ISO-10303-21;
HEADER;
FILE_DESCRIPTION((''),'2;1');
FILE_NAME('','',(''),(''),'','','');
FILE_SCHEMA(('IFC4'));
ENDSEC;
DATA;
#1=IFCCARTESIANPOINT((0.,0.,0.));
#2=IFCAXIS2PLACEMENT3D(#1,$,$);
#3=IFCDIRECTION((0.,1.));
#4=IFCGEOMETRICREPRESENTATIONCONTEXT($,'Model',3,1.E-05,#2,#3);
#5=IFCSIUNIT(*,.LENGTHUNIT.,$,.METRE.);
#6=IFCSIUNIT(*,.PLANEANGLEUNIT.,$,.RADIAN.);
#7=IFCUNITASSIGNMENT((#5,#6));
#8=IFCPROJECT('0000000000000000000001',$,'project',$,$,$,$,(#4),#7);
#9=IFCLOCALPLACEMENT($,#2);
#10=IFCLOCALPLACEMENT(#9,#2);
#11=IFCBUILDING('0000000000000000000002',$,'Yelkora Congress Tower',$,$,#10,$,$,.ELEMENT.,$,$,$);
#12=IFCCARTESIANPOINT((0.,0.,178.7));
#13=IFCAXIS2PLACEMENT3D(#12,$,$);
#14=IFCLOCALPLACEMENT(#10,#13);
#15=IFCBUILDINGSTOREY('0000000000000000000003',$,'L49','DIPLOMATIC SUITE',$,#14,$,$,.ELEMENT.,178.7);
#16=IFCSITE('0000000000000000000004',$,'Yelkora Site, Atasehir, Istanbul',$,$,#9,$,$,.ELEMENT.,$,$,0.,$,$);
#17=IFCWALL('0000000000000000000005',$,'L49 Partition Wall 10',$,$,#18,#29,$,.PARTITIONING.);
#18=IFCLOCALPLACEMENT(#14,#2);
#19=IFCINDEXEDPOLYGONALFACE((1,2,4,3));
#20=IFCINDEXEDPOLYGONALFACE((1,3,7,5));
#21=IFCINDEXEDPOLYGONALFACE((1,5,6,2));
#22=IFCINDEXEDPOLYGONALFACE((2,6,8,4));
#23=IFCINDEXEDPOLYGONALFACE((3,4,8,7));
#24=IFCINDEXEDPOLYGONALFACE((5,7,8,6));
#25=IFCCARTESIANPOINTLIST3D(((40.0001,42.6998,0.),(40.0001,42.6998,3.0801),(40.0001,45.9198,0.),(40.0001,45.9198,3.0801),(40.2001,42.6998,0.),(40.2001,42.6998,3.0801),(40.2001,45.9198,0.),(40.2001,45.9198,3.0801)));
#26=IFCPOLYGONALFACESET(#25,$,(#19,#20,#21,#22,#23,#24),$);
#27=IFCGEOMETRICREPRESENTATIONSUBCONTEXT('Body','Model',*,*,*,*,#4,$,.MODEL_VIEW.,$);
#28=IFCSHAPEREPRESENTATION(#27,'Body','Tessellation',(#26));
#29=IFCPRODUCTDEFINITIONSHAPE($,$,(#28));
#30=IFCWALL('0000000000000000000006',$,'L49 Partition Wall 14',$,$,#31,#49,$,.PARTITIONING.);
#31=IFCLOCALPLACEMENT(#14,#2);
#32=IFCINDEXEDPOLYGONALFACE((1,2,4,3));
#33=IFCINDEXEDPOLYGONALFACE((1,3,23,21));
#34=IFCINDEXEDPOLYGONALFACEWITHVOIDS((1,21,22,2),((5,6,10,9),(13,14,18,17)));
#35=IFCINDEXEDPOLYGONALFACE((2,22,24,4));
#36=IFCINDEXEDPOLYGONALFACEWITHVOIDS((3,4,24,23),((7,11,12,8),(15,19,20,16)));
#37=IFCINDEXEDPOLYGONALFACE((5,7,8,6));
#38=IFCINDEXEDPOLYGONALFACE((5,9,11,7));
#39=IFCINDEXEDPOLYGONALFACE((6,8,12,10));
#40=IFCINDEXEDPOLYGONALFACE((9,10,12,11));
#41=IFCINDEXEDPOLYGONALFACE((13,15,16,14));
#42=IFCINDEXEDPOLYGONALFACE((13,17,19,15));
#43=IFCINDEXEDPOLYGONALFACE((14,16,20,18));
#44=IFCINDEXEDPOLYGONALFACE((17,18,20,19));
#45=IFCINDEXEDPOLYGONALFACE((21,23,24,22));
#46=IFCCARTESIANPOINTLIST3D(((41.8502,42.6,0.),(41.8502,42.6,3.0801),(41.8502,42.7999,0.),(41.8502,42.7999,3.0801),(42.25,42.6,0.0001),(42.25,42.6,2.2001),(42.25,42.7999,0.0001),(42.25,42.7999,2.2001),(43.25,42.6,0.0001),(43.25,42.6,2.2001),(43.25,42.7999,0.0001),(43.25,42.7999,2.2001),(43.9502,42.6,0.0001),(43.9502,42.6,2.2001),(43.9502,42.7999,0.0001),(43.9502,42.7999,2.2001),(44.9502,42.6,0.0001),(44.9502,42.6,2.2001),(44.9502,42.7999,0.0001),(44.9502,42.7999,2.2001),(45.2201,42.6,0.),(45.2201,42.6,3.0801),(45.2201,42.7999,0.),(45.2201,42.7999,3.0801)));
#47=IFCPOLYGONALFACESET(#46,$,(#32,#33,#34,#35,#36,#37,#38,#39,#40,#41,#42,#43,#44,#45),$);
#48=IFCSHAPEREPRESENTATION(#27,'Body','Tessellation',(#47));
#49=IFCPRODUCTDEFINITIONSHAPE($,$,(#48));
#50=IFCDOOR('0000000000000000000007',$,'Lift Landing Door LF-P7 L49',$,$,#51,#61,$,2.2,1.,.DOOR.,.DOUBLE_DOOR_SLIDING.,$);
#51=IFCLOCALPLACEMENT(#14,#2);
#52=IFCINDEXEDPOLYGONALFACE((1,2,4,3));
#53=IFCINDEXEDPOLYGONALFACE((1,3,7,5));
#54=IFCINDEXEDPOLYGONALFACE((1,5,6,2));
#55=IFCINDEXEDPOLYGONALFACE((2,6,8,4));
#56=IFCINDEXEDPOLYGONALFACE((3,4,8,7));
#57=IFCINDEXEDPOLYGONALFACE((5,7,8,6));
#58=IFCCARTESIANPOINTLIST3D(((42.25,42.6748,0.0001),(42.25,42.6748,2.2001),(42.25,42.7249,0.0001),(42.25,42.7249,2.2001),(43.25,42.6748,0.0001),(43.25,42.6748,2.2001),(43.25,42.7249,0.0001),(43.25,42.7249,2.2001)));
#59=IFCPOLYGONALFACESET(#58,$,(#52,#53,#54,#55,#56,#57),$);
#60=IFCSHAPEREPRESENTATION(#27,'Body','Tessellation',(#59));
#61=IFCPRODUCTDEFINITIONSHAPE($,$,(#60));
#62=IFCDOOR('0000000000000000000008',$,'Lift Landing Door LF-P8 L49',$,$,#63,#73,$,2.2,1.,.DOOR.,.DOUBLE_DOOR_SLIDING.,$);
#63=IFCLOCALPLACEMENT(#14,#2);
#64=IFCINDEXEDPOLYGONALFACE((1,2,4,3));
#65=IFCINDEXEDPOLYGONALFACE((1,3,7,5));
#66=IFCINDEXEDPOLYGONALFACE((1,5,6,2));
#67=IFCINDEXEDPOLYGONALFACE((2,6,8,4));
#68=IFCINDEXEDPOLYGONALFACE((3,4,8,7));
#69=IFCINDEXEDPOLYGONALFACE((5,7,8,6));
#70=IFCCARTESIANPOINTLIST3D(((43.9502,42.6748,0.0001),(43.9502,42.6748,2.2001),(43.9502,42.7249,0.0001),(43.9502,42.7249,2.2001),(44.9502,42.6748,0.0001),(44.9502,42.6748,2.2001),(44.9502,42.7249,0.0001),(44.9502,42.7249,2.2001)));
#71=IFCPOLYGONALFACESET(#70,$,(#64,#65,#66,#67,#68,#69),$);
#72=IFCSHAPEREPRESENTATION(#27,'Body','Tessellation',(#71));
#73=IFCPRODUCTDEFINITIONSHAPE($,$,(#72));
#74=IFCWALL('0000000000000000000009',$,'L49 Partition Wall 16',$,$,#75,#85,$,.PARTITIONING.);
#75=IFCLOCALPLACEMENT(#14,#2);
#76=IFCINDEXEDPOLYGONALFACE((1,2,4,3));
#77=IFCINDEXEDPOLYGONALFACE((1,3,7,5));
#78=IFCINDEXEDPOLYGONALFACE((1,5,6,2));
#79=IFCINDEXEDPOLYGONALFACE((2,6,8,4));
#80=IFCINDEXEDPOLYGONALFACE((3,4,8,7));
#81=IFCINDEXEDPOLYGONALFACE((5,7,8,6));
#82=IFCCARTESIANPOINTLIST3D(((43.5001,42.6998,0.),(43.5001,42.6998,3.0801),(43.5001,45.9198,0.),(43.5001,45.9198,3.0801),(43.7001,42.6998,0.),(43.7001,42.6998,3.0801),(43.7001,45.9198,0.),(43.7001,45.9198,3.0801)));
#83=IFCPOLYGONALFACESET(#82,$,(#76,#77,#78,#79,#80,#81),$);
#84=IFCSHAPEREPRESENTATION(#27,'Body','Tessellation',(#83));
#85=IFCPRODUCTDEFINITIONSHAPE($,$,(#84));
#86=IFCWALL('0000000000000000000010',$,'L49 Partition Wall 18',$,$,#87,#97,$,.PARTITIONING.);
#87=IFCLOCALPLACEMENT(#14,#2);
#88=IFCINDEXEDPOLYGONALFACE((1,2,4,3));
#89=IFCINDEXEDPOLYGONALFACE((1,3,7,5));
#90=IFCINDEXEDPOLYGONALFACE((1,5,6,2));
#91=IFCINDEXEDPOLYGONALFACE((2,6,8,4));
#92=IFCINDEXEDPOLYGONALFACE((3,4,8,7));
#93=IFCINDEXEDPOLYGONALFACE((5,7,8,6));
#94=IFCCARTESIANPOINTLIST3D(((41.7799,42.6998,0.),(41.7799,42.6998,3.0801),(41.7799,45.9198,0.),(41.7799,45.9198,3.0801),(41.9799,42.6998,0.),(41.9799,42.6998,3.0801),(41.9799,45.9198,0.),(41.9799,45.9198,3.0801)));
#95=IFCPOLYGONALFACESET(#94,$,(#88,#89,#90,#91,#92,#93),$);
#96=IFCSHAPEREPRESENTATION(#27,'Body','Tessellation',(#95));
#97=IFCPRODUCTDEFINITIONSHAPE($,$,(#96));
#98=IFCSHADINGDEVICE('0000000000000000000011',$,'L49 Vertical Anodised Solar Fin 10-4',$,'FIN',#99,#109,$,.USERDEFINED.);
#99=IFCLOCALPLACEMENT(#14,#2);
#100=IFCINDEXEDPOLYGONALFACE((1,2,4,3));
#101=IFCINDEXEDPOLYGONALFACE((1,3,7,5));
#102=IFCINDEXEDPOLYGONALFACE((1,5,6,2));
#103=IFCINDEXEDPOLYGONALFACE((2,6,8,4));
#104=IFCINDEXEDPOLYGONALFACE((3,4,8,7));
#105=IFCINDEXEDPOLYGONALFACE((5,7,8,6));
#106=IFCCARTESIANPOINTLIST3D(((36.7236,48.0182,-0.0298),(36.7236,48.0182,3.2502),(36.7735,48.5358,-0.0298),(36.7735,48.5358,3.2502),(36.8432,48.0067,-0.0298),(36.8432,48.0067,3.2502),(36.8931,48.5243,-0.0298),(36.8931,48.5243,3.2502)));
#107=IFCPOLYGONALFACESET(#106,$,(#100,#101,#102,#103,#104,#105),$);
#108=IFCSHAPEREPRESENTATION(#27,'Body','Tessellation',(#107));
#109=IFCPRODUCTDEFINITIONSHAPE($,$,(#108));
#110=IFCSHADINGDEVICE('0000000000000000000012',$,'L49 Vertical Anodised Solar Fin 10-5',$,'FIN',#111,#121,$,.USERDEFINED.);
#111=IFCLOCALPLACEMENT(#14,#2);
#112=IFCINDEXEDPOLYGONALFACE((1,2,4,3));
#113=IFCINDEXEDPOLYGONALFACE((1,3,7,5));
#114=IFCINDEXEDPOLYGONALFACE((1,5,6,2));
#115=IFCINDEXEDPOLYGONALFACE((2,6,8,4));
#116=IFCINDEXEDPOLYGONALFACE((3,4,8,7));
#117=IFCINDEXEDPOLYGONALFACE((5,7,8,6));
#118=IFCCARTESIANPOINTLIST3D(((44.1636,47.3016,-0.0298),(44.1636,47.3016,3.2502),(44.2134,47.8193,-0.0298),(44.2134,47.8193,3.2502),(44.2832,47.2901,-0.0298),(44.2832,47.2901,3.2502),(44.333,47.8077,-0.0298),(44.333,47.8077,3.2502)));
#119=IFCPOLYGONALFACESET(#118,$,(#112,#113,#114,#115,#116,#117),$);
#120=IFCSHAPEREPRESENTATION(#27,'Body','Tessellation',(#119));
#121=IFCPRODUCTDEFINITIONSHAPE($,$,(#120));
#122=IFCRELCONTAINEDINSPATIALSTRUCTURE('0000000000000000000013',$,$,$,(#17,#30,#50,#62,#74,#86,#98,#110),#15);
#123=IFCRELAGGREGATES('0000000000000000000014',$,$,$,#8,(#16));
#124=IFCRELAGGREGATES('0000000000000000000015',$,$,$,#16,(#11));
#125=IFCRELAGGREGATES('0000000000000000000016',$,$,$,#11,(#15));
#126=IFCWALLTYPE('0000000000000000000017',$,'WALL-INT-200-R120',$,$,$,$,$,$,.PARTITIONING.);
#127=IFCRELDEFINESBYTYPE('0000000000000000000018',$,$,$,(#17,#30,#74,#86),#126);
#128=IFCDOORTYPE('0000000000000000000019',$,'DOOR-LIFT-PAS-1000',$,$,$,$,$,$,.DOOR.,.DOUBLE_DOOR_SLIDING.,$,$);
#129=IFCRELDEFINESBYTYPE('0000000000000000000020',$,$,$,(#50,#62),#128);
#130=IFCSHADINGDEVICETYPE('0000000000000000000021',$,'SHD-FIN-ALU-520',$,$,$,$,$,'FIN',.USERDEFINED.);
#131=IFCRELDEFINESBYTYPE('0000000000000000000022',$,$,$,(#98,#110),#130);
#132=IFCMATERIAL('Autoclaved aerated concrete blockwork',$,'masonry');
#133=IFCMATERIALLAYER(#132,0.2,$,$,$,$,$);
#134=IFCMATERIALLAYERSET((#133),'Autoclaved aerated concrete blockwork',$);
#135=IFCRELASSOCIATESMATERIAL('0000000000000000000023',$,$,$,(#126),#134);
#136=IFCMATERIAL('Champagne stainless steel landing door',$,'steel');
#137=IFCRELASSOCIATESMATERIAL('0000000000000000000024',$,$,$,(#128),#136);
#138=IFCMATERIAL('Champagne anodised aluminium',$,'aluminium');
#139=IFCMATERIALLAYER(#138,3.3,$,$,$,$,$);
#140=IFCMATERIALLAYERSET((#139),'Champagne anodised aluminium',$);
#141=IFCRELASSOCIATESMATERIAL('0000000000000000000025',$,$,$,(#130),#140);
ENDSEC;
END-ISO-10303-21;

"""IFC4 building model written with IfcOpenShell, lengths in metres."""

from ifc_helpers import new_model, si_unit, direction, frame, frame_2d, origin, origin_2d, place, context, subcontext, project, spatial, rectangle, extrude, material, layer, layer_set, type_object, element, fill, save


model = new_model("IFC4")

# Units and contexts
model_context = context("Model", 3, precision=1e-05, world=origin(), true_north=direction((0.0, 1.0)))
body_context = subcontext(model_context, "Body", "Model", "MODEL_VIEW")
ifc_project = project(units=[si_unit("LENGTHUNIT", "METRE"), si_unit("PLANEANGLEUNIT", "RADIAN")], contexts=[model_context])

# Site, building, storey
site_placement = place(None, origin())
site = spatial("IfcSite", under=ifc_project, at=site_placement, Name="Yelkora Site, Atasehir, Istanbul", CompositionType="ELEMENT", RefElevation=0.0)
building_placement = place(site_placement, origin())
building = spatial("IfcBuilding", under=site, at=building_placement, Name="Yelkora Congress Tower", CompositionType="ELEMENT")
storey_placement = place(building_placement, frame((0.0, 0.0, 178.7)))
storey = spatial("IfcBuildingStorey", under=building, at=storey_placement, Name="L49", Description="DIPLOMATIC SUITE", CompositionType="ELEMENT", Elevation=178.7)

# Wall
ifc_material_1 = material(Name="Autoclaved aerated concrete blockwork", Category="masonry")
ifc_layer_1 = layer(ifc_material_1, 0.2)
ifc_layer_set_1 = layer_set([ifc_layer_1], Name="Autoclaved aerated concrete blockwork")
wall_type = type_object("IfcWallType", Name="WALL-INT-200-R120", PredefinedType="PARTITIONING", material=ifc_layer_set_1)
wall_1_placement = place(storey_placement, frame((40.1001, 42.7, 0.0), z_axis=(0.0, 0.0, 1.0), x_axis=(0.0, 1.0, 0.0)))
element("IfcWall", 1, at=wall_1_placement, inside=storey, type_object=wall_type, Name="L49 Partition Wall 10", PredefinedType="PARTITIONING", context=body_context, shape_type="SweptSolid", body=[
    extrude(rectangle(XDim=3.22, YDim=0.2, at=frame_2d((1.6099, 0.0))), origin(), (0.0, 0.0, 1.0), 3.0801),
])

# Wall, openings, doors
wall_2_placement = place(storey_placement, frame((41.8501, 42.7, 0.0), z_axis=(0.0, 0.0, 1.0), x_axis=(1.0, 0.0, 0.0)))
wall_2 = element("IfcWall", 2, at=wall_2_placement, inside=storey, type_object=wall_type, Name="L49 Partition Wall 14", PredefinedType="PARTITIONING", context=body_context, shape_type="SweptSolid", body=[
    extrude(rectangle(XDim=3.3699, YDim=0.2, at=frame_2d((1.6851, 0.0))), origin(), (0.0, 0.0, 1.0), 3.0801),
])
opening_1_placement = place(wall_2_placement, frame((0.3999, 0.0, 0.0)))
opening_1 = element("IfcOpeningElement", 3, at=opening_1_placement, cuts=wall_2, PredefinedType="OPENING", context=body_context, shape_type="SweptSolid", body=[
    extrude(rectangle(XDim=1.0, YDim=2.2, at=frame_2d((0.5, 1.1001))), frame((0.0, 0.1099, 0.0), z_axis=(0.0, -1.0, 0.0), x_axis=(1.0, 0.0, 0.0)), (0.0, 0.0, 1.0), 0.22),
])
opening_2_placement = place(wall_2_placement, frame((2.1001, 0.0, 0.0)))
opening_2 = element("IfcOpeningElement", 4, at=opening_2_placement, cuts=wall_2, PredefinedType="OPENING", context=body_context, shape_type="SweptSolid", body=[
    extrude(rectangle(XDim=1.0, YDim=2.2, at=frame_2d((0.5, 1.1001))), frame((0.0, 0.1099, 0.0), z_axis=(0.0, -1.0, 0.0), x_axis=(1.0, 0.0, 0.0)), (0.0, 0.0, 1.0), 0.22),
])
ifc_material_2 = material(Name="Champagne stainless steel landing door", Category="steel")
door_type = type_object("IfcDoorType", Name="DOOR-LIFT-PAS-1000", OperationType="DOUBLE_DOOR_SLIDING", PredefinedType="DOOR", material=ifc_material_2)
door_1_placement = place(opening_1_placement, origin())
door_1 = element("IfcDoor", 5, at=door_1_placement, inside=storey, type_object=door_type, Name="Lift Landing Door LF-P7 L49", OperationType="DOUBLE_DOOR_SLIDING", OverallHeight=2.2, OverallWidth=1.0, PredefinedType="DOOR", context=body_context, shape_type="SweptSolid", body=[
    extrude(rectangle(XDim=1.0, YDim=2.2, at=frame_2d((0.5, 1.1001))), frame((0.0, 0.0249, 0.0), z_axis=(0.0, -1.0, 0.0), x_axis=(1.0, 0.0, 0.0)), (0.0, 0.0, 1.0), 0.05),
])
fill(opening_1, door_1)
door_2_placement = place(opening_2_placement, origin())
door_2 = element("IfcDoor", 6, at=door_2_placement, inside=storey, type_object=door_type, Name="Lift Landing Door LF-P8 L49", OperationType="DOUBLE_DOOR_SLIDING", OverallHeight=2.2, OverallWidth=1.0, PredefinedType="DOOR", context=body_context, shape_type="SweptSolid", body=[
    extrude(rectangle(XDim=1.0, YDim=2.2, at=frame_2d((0.5, 1.1001))), frame((0.0, 0.0249, 0.0), z_axis=(0.0, -1.0, 0.0), x_axis=(1.0, 0.0, 0.0)), (0.0, 0.0, 1.0), 0.05),
])
fill(opening_2, door_2)

# Walls
for number, where, z_axis, x_axis, name in (
    (7, (43.6001, 42.7, 0.0), (0.0, 0.0, 1.0), (0.0, 1.0, 0.0), "L49 Partition Wall 16"),
    (8, (41.8799, 42.7, 0.0), (0.0, 0.0, 1.0), (0.0, 1.0, 0.0), "L49 Partition Wall 18"),
):
    element("IfcWall", number, at=place(storey_placement, frame(where, z_axis=z_axis, x_axis=x_axis)), inside=storey, type_object=wall_type, Name=name, PredefinedType="PARTITIONING", context=body_context, shape_type="SweptSolid", body=[
        extrude(rectangle(XDim=3.22, YDim=0.2, at=frame_2d((1.6099, 0.0))), origin(), (0.0, 0.0, 1.0), 3.0801),
    ])

# Shading devices
ifc_material_3 = material(Name="Champagne anodised aluminium", Category="aluminium")
ifc_layer_2 = layer(ifc_material_3, 3.3)
ifc_layer_set_2 = layer_set([ifc_layer_2], Name="Champagne anodised aluminium")
shading_device_type = type_object("IfcShadingDeviceType", Name="SHD-FIN-ALU-520", ElementType="FIN", PredefinedType="USERDEFINED", material=ifc_layer_set_2)
for number, where, z_axis, x_axis, name in (
    (9, (36.8083, 48.2712, -0.0298), (0.0, 0.0, 1.0), (0.995396, -0.095846, 0.0), "L49 Vertical Anodised Solar Fin 10-4"),
    (10, (44.2483, 47.5547, -0.0298), (0.0, 0.0, 1.0), (0.995396, -0.095846, 0.0), "L49 Vertical Anodised Solar Fin 10-5"),
):
    element("IfcShadingDevice", number, at=place(storey_placement, frame(where, z_axis=z_axis, x_axis=x_axis)), inside=storey, type_object=shading_device_type, Name=name, ObjectType="FIN", PredefinedType="USERDEFINED", context=body_context, shape_type="SweptSolid", body=[
        extrude(rectangle(XDim=0.1201, YDim=0.52, at=origin_2d()), origin(), (0.0, 0.0, 1.0), 3.28),
    ])

save(model, "model.ifc")
